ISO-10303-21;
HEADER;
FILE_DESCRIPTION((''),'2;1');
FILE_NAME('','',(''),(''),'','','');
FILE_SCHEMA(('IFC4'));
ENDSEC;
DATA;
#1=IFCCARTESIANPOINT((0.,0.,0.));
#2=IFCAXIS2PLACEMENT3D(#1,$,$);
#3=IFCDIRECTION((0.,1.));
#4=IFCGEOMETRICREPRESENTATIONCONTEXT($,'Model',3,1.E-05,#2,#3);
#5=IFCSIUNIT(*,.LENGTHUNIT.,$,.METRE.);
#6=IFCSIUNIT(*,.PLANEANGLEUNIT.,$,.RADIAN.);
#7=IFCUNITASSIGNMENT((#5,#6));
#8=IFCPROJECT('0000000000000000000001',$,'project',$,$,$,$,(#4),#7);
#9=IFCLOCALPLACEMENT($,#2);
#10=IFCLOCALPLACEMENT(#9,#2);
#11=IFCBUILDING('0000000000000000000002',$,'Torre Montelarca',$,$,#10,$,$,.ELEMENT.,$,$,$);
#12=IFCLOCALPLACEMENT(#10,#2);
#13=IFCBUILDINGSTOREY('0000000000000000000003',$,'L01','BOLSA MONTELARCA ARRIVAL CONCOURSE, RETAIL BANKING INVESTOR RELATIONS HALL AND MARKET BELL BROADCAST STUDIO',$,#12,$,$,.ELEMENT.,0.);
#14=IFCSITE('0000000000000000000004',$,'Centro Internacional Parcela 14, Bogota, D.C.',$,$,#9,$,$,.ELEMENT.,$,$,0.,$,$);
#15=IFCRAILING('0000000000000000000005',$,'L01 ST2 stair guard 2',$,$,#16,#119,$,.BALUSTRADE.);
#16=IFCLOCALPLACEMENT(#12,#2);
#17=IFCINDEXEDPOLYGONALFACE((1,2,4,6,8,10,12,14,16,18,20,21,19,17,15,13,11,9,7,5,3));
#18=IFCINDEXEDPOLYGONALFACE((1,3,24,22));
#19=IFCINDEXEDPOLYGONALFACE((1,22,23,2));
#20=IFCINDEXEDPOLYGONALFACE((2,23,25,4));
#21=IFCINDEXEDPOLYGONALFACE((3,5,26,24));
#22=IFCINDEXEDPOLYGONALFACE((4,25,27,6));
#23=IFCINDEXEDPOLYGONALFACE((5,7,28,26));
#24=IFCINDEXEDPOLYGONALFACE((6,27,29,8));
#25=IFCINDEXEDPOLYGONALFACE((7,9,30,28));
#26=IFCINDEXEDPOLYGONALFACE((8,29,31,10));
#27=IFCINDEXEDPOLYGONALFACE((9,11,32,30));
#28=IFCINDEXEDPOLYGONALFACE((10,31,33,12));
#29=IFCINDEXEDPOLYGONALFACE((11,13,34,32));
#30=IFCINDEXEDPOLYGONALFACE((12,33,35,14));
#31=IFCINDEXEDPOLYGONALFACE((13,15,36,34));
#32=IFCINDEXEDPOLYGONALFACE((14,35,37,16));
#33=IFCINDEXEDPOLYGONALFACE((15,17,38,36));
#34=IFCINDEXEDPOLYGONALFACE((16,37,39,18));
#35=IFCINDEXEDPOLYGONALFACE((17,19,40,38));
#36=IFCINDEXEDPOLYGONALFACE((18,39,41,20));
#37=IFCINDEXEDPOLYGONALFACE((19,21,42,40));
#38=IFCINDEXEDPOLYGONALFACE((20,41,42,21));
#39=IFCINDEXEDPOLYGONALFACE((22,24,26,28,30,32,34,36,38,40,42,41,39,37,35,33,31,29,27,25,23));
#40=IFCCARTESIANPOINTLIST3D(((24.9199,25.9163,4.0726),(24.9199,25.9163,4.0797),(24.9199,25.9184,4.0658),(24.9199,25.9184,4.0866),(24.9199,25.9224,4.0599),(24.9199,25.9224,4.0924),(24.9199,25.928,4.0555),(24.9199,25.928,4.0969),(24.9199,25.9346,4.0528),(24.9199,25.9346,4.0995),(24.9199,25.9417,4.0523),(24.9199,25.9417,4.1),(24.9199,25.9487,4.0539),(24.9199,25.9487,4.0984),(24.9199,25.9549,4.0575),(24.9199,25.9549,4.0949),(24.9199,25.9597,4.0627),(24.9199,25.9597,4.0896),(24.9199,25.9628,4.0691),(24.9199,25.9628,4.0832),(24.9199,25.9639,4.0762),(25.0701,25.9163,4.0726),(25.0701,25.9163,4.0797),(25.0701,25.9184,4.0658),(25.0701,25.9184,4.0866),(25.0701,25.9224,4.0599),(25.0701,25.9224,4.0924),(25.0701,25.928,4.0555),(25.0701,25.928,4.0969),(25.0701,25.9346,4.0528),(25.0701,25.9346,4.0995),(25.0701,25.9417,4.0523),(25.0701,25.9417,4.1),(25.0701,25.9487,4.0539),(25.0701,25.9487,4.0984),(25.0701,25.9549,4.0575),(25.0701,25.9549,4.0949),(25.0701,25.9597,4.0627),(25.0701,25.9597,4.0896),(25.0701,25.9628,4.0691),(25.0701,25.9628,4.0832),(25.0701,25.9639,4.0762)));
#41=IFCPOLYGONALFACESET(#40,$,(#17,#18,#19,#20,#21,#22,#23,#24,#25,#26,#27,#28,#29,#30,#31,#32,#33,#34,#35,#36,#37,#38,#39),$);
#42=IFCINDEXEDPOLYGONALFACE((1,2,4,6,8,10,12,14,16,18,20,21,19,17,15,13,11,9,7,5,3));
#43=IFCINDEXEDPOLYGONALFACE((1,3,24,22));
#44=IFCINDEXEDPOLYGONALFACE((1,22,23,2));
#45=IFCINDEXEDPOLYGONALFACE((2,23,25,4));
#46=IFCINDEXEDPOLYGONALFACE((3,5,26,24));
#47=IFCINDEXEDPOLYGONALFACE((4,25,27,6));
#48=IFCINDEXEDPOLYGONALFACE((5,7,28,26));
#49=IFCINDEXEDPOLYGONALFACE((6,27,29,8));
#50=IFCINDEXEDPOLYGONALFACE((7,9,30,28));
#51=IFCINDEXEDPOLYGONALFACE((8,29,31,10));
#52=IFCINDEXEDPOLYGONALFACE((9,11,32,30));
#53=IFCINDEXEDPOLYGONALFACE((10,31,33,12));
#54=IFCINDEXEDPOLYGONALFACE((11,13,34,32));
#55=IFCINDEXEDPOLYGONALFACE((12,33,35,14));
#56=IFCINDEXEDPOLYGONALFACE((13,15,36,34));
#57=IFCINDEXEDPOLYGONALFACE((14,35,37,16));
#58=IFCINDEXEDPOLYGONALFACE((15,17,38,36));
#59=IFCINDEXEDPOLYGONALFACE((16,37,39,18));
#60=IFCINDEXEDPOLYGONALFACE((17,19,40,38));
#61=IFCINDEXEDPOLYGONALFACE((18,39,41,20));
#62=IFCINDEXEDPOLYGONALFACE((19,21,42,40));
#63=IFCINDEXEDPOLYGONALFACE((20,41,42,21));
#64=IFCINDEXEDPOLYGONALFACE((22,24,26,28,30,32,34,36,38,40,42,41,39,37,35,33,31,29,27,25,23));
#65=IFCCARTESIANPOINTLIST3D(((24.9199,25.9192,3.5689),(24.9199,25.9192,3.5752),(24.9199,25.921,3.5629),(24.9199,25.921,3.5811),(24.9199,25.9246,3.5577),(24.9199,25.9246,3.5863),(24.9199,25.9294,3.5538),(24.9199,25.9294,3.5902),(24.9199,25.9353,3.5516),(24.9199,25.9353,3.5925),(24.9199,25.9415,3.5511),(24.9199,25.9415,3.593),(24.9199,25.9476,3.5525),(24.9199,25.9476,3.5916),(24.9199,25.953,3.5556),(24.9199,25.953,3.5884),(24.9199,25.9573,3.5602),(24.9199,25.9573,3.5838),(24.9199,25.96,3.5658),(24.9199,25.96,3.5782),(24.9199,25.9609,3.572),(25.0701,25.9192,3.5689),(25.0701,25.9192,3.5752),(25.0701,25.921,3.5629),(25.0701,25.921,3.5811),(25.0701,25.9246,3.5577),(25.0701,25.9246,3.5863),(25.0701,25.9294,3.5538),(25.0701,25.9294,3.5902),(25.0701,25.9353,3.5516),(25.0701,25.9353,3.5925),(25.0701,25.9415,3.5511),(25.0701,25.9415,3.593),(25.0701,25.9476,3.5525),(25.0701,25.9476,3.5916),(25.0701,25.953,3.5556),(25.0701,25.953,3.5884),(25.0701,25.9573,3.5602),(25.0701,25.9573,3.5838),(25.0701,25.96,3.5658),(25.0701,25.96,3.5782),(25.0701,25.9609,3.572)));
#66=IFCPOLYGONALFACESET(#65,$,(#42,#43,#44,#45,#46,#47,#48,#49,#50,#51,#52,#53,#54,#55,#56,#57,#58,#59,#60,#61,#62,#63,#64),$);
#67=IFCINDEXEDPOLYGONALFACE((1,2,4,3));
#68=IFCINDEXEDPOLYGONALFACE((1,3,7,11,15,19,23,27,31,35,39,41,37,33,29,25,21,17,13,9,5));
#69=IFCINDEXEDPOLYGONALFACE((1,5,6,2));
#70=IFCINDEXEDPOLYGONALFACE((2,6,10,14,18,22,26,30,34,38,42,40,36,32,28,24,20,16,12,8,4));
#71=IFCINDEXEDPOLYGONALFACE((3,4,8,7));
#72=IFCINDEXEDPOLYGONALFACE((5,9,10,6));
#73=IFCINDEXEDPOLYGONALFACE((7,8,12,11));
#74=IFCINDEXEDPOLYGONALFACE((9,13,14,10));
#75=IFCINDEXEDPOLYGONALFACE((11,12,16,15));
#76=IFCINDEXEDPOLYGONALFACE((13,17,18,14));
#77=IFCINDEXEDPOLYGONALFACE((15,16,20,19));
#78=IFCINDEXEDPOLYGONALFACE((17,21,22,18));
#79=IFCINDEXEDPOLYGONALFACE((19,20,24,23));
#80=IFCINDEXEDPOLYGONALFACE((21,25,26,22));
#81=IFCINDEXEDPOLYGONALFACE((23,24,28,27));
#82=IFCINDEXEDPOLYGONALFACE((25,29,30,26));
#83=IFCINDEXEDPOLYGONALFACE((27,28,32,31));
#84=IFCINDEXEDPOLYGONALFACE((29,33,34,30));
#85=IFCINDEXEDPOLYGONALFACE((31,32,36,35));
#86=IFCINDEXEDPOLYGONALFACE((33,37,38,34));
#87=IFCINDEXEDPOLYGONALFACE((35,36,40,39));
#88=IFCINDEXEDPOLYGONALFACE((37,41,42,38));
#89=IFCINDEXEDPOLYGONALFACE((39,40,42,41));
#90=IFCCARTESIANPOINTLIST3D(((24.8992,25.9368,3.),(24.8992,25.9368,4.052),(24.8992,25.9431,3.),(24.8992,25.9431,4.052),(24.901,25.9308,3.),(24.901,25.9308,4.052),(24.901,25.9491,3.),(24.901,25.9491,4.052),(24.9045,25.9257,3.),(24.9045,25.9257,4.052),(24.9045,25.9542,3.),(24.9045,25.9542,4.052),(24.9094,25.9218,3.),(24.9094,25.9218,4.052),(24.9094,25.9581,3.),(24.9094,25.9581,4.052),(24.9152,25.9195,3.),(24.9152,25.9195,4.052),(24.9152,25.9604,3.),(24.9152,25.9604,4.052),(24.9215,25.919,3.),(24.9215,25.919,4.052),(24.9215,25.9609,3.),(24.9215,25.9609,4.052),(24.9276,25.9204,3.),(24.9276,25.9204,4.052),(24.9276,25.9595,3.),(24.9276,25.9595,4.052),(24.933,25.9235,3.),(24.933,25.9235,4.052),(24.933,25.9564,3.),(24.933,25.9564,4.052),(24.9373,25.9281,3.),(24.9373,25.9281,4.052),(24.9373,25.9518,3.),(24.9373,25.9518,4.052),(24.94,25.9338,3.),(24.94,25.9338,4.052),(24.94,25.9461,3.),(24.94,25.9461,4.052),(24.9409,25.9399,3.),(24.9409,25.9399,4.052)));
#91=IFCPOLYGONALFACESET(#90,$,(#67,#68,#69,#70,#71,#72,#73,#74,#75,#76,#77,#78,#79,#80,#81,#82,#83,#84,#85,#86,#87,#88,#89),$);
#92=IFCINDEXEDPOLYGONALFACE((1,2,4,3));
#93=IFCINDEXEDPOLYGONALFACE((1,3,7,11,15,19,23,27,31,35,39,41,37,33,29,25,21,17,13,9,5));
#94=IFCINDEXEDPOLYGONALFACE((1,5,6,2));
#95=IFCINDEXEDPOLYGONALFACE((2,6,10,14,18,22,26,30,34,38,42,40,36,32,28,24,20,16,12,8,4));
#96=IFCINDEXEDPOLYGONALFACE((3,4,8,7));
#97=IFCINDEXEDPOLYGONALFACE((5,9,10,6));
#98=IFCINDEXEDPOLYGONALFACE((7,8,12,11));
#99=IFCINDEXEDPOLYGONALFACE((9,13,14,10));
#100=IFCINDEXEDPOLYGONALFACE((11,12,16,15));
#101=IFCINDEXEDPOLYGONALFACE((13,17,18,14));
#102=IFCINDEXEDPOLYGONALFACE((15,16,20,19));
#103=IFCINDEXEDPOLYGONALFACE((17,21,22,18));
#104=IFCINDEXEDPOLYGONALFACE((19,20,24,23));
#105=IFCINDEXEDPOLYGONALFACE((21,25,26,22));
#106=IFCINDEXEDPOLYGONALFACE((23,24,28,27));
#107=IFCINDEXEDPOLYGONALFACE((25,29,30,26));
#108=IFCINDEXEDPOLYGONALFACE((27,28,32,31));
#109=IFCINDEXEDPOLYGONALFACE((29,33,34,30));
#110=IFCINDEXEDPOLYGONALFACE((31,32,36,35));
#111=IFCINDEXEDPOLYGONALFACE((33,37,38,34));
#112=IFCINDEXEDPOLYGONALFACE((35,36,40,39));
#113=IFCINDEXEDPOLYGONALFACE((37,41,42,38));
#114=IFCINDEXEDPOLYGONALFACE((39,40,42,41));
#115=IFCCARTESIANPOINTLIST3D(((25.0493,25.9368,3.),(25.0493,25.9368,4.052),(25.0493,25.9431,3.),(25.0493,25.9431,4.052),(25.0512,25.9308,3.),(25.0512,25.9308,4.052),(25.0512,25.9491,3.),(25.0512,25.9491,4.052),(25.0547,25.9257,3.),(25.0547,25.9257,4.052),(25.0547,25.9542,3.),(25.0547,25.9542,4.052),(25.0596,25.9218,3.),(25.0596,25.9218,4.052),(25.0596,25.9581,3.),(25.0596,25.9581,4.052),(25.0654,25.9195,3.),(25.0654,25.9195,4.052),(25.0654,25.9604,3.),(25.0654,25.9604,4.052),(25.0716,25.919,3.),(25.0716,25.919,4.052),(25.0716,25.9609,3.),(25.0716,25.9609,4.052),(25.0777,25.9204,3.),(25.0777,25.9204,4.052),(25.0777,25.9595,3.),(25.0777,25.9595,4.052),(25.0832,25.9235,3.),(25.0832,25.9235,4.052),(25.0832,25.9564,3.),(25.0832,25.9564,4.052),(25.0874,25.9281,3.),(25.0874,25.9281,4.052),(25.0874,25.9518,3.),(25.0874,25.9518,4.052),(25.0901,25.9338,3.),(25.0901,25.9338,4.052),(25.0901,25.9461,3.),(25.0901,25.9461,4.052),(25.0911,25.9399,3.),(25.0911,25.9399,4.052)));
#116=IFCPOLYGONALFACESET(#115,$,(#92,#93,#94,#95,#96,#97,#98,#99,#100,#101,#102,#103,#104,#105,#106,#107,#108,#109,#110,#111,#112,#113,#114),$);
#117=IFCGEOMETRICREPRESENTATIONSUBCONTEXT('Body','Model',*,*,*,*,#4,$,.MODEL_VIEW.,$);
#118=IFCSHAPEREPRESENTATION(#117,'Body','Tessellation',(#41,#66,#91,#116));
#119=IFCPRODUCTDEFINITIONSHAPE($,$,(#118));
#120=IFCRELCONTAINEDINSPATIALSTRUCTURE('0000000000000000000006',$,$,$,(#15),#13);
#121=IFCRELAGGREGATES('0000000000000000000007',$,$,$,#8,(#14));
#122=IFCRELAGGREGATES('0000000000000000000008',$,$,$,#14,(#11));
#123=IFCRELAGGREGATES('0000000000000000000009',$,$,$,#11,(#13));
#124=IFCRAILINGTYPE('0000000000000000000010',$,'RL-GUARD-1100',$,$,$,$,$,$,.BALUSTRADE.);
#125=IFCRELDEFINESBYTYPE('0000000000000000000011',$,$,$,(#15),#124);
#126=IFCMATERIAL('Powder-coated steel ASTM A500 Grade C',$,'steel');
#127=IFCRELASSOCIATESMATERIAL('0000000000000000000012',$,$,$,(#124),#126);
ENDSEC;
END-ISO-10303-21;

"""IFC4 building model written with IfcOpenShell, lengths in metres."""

from ifc_helpers import new_model, si_unit, direction, frame, origin, origin_2d, place, context, subcontext, project, spatial, circle, extrude, material, type_object, element, save


model = new_model("IFC4")

# Units and contexts
model_context = context("Model", 3, precision=1e-05, world=origin(), true_north=direction((0.0, 1.0)))
body_context = subcontext(model_context, "Body", "Model", "MODEL_VIEW")
ifc_project = project(units=[si_unit("LENGTHUNIT", "METRE"), si_unit("PLANEANGLEUNIT", "RADIAN")], contexts=[model_context])

# Site, building, storey
site_placement = place(None, origin())
site = spatial("IfcSite", under=ifc_project, at=site_placement, Name="Centro Internacional Parcela 14, Bogota, D.C.", CompositionType="ELEMENT", RefElevation=0.0)
building_placement = place(site_placement, origin())
building = spatial("IfcBuilding", under=site, at=building_placement, Name="Torre Montelarca", CompositionType="ELEMENT")
storey_placement = place(building_placement, origin())
storey = spatial("IfcBuildingStorey", under=building, at=storey_placement, Name="L01", Description="BOLSA MONTELARCA ARRIVAL CONCOURSE, RETAIL BANKING INVESTOR RELATIONS HALL AND MARKET BELL BROADCAST STUDIO", CompositionType="ELEMENT", Elevation=0.0)

# Railing
ifc_material_1 = material(Name="Powder-coated steel ASTM A500 Grade C", Category="steel")
railing_type_1 = type_object("IfcRailingType", Name="RL-GUARD-1100", PredefinedType="BALUSTRADE", material=ifc_material_1)
railing_1_placement = place(storey_placement, frame((24.9199, 25.9399, 3.0)))
element("IfcRailing", 1, at=railing_1_placement, inside=storey, type_object=railing_type_1, Name="L01 ST2 stair guard 2", PredefinedType="BALUSTRADE", context=body_context, shape_type="SweptSolid", body=[
    extrude(circle(Radius=0.0239, at=origin_2d()), frame((0.0, 0.0, 1.0762), z_axis=(1.0, 0.0, 0.0), x_axis=(0.0, 1.0, 0.0)), (0.0, 0.0, 1.0), 0.1501),
    extrude(circle(Radius=0.021, at=origin_2d()), frame((0.0, 0.0, 0.572), z_axis=(1.0, 0.0, 0.0), x_axis=(0.0, 1.0, 0.0)), (0.0, 0.0, 1.0), 0.1501),
    extrude(circle(Radius=0.021, at=origin_2d()), origin(), (0.0, 0.0, 1.0), 1.052),
    extrude(circle(Radius=0.021, at=origin_2d()), frame((0.1501, 0.0, 0.0)), (0.0, 0.0, 1.0), 1.052),
])

save(model, "model.ifc")
